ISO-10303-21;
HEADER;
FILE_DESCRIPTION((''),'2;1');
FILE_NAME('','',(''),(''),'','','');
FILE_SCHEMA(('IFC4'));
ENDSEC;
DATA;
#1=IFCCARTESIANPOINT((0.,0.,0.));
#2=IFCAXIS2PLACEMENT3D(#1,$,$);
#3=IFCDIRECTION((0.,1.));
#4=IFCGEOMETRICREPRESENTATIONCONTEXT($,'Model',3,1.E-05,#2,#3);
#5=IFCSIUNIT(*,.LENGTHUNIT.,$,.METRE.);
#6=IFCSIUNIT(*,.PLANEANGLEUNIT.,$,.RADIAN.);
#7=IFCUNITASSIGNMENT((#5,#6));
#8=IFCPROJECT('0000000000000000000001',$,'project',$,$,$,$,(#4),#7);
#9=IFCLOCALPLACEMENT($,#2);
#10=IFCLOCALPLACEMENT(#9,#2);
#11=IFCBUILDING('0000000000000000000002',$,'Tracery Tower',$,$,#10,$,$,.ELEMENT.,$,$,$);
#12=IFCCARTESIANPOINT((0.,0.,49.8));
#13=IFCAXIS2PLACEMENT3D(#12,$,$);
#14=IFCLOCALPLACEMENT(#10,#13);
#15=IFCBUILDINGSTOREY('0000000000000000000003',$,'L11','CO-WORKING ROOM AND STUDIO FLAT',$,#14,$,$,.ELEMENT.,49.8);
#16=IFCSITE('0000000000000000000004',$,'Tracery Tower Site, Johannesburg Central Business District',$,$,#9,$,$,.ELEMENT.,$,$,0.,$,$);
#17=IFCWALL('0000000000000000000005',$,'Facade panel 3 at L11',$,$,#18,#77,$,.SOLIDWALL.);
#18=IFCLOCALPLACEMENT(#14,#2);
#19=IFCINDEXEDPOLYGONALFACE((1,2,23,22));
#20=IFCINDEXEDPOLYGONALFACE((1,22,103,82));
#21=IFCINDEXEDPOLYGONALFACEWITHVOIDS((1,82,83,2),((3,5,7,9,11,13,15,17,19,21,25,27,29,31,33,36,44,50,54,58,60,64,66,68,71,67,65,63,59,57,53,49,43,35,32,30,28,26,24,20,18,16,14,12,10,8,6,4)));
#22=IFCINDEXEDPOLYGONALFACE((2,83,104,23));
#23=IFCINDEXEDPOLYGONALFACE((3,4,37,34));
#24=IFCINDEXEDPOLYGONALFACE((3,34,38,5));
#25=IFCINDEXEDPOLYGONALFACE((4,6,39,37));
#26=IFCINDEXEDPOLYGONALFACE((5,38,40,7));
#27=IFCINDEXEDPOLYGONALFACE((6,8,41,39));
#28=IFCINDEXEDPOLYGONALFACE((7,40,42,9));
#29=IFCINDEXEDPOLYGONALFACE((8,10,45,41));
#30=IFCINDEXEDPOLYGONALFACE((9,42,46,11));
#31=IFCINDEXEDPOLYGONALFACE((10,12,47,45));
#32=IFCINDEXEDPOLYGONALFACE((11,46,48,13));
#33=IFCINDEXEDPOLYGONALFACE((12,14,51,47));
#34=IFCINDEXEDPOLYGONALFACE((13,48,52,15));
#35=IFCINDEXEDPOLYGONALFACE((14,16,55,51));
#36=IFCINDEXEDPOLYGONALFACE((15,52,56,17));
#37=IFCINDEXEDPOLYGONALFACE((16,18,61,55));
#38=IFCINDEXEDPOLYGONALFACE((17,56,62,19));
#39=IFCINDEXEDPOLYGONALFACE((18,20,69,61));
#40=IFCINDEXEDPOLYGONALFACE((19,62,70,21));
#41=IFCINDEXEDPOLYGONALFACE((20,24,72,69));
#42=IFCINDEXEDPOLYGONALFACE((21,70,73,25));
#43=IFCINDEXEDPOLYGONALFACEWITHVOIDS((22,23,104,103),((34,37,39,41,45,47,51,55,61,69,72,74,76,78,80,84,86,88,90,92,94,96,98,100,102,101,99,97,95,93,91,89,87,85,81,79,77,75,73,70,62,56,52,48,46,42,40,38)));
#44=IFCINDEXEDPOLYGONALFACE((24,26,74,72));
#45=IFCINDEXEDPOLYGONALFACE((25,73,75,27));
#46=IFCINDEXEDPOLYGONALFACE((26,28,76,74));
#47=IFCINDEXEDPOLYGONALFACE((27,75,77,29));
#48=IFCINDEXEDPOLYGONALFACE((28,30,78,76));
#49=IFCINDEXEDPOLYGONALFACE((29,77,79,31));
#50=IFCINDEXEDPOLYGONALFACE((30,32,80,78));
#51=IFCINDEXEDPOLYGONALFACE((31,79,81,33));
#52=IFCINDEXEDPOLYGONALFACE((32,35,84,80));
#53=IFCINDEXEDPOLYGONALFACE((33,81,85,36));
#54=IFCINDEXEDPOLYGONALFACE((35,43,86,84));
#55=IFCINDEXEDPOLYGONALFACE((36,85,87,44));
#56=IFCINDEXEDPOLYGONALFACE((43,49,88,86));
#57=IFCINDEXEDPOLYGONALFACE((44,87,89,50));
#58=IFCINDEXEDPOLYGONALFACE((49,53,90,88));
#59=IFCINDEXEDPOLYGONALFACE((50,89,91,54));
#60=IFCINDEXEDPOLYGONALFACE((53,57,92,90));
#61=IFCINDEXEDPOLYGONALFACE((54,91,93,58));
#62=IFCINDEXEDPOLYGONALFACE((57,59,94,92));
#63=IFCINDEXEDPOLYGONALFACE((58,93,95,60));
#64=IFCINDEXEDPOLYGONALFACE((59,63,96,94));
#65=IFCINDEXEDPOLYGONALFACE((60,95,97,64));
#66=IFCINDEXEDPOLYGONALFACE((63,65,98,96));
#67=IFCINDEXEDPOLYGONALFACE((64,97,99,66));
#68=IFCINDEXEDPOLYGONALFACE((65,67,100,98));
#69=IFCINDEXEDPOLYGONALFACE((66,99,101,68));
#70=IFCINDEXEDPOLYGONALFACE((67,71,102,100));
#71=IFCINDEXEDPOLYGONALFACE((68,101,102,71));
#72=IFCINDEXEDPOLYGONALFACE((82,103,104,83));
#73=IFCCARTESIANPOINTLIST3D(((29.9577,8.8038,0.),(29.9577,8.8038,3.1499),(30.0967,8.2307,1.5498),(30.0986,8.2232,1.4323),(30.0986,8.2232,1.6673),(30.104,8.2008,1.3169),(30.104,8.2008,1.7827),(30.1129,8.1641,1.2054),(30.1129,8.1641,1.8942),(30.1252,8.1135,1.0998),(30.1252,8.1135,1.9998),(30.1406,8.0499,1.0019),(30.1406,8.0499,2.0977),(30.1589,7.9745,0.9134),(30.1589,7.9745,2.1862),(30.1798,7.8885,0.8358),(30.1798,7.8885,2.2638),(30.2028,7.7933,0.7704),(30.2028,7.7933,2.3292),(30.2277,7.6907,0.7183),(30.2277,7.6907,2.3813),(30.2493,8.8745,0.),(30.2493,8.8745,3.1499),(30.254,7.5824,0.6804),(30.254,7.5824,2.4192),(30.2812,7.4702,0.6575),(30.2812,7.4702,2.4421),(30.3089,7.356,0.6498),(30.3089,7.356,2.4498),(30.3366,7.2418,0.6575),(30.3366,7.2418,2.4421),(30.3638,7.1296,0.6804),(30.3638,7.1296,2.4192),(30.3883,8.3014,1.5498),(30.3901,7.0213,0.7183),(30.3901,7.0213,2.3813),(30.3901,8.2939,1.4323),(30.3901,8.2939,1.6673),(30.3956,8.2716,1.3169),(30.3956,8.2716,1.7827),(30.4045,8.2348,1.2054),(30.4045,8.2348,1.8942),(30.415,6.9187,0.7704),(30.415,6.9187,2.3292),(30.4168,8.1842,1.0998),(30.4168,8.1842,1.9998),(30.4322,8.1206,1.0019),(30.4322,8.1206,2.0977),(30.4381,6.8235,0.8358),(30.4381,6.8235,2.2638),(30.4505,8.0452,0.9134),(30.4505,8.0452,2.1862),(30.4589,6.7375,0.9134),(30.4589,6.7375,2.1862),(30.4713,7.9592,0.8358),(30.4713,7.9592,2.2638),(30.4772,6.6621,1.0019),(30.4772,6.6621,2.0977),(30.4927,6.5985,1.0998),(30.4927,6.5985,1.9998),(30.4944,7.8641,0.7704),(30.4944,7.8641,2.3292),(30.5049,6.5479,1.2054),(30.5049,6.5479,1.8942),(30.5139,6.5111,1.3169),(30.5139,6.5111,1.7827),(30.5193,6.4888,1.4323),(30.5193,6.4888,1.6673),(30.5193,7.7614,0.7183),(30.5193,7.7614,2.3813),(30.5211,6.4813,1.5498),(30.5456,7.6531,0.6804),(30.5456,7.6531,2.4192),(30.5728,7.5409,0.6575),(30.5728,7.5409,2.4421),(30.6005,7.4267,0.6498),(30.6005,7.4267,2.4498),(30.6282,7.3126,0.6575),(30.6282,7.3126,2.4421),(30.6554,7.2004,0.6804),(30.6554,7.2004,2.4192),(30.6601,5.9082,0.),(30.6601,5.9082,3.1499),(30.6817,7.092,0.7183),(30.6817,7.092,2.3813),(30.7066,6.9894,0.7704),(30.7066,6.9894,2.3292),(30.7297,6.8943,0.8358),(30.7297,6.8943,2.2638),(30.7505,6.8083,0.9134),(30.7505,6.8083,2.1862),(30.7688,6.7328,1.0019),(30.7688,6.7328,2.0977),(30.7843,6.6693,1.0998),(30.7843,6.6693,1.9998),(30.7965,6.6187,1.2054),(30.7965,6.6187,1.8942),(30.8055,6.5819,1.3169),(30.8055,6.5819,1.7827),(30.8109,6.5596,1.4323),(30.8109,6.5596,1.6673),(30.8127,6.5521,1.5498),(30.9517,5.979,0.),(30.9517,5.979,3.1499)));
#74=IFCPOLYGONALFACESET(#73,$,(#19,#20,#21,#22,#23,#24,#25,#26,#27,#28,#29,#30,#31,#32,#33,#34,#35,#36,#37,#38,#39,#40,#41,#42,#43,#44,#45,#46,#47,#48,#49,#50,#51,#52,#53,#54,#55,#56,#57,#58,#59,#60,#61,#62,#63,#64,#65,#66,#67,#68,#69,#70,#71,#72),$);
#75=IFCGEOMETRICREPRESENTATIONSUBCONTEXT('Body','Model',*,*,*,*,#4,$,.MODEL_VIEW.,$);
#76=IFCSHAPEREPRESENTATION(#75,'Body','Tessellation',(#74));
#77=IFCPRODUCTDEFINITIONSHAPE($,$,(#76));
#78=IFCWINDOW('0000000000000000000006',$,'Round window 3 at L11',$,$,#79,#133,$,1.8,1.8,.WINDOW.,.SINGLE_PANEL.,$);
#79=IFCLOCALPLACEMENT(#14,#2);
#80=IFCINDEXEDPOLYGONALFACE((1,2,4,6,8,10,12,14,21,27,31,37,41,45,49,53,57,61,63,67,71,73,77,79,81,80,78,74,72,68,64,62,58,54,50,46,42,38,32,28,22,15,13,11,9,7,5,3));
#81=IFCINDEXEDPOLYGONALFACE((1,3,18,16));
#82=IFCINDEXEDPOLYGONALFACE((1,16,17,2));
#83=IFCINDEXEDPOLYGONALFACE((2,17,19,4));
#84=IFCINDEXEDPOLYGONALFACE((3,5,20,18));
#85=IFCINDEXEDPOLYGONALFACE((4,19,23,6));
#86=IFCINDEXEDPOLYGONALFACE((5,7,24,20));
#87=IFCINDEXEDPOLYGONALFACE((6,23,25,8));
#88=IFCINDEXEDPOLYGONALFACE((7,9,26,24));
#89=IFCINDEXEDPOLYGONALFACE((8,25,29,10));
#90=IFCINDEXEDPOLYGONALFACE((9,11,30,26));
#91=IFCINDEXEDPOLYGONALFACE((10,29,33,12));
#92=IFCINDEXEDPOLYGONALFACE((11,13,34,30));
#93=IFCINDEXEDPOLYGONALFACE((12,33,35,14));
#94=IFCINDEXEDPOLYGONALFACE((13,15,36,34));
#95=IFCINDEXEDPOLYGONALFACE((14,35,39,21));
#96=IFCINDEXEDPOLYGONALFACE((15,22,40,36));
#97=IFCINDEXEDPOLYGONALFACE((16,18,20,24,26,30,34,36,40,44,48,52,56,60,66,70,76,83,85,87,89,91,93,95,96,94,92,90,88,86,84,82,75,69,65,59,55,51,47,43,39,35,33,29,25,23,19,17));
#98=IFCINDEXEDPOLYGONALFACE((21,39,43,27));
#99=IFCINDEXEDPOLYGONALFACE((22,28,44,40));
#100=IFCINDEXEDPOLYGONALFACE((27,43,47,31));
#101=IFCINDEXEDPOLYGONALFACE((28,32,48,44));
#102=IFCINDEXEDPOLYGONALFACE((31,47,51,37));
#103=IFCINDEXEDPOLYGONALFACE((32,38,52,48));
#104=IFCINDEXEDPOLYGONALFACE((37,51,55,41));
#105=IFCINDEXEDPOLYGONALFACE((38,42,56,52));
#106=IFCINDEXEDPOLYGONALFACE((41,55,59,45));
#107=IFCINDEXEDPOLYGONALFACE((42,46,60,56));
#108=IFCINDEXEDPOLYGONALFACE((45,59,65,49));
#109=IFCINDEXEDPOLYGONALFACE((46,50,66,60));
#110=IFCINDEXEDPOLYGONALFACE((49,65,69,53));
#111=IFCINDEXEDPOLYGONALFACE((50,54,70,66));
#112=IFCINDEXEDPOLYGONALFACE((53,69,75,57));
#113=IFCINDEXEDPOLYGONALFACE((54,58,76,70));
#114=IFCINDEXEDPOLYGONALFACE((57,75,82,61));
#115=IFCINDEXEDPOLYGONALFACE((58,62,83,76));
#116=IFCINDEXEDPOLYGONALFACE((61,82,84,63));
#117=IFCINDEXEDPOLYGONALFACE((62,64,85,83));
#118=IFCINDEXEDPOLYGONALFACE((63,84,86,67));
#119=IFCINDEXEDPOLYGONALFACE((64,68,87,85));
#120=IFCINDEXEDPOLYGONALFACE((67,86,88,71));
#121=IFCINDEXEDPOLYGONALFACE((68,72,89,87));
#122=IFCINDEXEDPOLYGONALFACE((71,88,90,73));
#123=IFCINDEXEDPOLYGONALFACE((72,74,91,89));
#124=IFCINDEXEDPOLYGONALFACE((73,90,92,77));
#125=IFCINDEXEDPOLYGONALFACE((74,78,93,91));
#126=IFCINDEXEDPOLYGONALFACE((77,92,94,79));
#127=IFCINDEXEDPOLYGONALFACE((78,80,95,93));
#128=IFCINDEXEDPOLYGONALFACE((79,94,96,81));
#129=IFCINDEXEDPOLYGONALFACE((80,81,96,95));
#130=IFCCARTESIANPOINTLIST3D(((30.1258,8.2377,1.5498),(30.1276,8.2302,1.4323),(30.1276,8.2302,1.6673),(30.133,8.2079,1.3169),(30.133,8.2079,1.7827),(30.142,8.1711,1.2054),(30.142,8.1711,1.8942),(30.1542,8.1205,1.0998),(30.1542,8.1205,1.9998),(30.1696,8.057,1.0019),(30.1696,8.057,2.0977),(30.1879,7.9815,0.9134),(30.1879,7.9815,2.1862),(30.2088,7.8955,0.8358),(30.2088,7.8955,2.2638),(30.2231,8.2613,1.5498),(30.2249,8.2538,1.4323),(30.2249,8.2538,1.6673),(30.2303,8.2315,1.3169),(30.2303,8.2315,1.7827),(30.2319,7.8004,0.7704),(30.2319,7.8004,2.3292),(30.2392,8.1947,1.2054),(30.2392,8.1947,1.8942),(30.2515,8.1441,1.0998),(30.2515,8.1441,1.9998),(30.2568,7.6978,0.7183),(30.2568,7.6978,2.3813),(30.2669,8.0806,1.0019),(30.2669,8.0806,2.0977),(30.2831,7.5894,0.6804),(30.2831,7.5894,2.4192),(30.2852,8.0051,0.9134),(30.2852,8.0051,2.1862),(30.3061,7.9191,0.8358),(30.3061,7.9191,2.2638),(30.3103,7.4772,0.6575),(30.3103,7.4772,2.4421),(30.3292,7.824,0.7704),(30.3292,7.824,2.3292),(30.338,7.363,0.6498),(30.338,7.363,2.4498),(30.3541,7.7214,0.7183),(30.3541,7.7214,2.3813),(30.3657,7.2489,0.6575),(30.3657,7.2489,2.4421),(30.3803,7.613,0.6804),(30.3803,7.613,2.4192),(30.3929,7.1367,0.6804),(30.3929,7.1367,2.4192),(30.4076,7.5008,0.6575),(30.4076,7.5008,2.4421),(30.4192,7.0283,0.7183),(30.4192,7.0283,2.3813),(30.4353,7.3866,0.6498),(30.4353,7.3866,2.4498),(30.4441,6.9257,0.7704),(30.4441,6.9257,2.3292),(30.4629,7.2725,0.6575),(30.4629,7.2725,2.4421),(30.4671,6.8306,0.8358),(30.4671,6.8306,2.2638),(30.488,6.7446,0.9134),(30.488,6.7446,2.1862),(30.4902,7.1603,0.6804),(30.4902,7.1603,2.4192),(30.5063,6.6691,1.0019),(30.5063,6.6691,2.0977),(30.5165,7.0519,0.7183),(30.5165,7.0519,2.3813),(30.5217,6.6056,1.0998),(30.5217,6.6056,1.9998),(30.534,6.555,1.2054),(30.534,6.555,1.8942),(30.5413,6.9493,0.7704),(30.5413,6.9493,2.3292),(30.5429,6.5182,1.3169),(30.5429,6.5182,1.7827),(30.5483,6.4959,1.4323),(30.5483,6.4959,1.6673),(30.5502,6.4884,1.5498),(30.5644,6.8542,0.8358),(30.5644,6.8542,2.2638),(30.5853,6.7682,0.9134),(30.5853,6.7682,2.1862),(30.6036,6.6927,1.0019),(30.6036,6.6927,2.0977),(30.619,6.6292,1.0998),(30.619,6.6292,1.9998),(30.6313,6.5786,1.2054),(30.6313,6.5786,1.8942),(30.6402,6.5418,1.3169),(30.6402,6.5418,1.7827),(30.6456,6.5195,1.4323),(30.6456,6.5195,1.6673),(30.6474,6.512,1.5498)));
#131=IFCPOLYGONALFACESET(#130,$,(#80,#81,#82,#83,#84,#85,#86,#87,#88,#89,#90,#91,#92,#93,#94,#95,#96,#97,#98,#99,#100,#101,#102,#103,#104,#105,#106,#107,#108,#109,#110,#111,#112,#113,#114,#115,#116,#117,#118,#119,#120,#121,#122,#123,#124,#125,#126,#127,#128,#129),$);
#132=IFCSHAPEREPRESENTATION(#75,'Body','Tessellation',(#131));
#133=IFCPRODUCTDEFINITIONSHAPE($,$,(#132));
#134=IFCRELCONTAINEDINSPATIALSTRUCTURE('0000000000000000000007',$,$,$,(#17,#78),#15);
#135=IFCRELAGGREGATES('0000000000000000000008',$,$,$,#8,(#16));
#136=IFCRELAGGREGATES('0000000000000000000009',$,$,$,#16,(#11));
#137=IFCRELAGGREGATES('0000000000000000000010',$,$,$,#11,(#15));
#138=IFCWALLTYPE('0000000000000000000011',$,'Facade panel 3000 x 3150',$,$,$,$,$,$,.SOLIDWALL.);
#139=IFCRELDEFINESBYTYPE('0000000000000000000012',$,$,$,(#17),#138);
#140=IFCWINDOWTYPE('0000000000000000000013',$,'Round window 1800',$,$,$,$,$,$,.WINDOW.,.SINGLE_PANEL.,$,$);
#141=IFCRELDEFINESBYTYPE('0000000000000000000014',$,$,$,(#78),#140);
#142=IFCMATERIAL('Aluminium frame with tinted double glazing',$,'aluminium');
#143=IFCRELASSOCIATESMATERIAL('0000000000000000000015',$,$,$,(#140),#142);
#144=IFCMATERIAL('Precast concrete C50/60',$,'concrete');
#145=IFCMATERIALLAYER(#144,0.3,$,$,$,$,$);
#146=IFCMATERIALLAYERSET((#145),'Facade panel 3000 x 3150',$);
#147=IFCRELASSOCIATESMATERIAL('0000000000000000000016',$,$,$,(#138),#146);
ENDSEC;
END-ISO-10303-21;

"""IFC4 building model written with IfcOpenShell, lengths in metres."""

from ifc_helpers import new_model, si_unit, direction, frame, frame_2d, origin, origin_2d, place, context, subcontext, project, spatial, rectangle, circle, extrude, material, layer, layer_set, type_object, element, fill, save


model = new_model("IFC4")

# Units and contexts
model_context = context("Model", 3, precision=1e-05, world=origin(), true_north=direction((0.0, 1.0)))
body_context = subcontext(model_context, "Body", "Model", "MODEL_VIEW")
ifc_project = project(units=[si_unit("LENGTHUNIT", "METRE"), si_unit("PLANEANGLEUNIT", "RADIAN")], contexts=[model_context])

# Site, building, storey
site_placement = place(None, origin())
site = spatial("IfcSite", under=ifc_project, at=site_placement, Name="Tracery Tower Site, Johannesburg Central Business District", CompositionType="ELEMENT", RefElevation=0.0)
building_placement = place(site_placement, origin())
building = spatial("IfcBuilding", under=site, at=building_placement, Name="Tracery Tower", CompositionType="ELEMENT")
storey_placement = place(building_placement, frame((0.0, 0.0, 49.8)))
storey = spatial("IfcBuildingStorey", under=building, at=storey_placement, Name="L11", Description="CO-WORKING ROOM AND STUDIO FLAT", CompositionType="ELEMENT", Elevation=49.8)

# Wall, opening, window
ifc_material_1 = material(Name="Aluminium frame with tinted double glazing", Category="aluminium")
window_type = type_object("IfcWindowType", Name="Round window 1800", PartitioningType="SINGLE_PANEL", PredefinedType="WINDOW", material=ifc_material_1)
ifc_material_2 = material(Name="Precast concrete C50/60", Category="concrete")
ifc_layer_1 = layer(ifc_material_2, 0.3)
ifc_layer_set_1 = layer_set([ifc_layer_1], Name="Facade panel 3000 x 3150")
wall_type_1 = type_object("IfcWallType", Name="Facade panel 3000 x 3150", PredefinedType="SOLIDWALL", material=ifc_layer_set_1)
wall_1_placement = place(storey_placement, frame((30.8059, 5.9436, 0.0), z_axis=(0.0, 0.0, 1.0), x_axis=(-0.235743, 0.971815, 0.0)))
wall_1 = element("IfcWall", 1, at=wall_1_placement, inside=storey, type_object=wall_type_1, Name="Facade panel 3 at L11", PredefinedType="SOLIDWALL", context=body_context, shape_type="SweptSolid", body=[
    extrude(rectangle(XDim=2.9795, YDim=0.3, at=frame_2d((1.4897, 0.0))), origin(), (0.0, 0.0, 1.0), 3.1499),
])
opening_1_placement = place(wall_1_placement, frame((1.4897, 0.0, 1.5498)))
opening_1 = element("IfcOpeningElement", 2, at=opening_1_placement, cuts=wall_1, PredefinedType="OPENING", context=body_context, shape_type="SweptSolid", body=[
    extrude(circle(Radius=0.9, at=origin_2d()), frame((0.0, 0.1599, 0.0), z_axis=(0.0, -1.0, 0.0), x_axis=(1.0, 0.0, 0.0)), (0.0, 0.0, 1.0), 0.3201),
])
window_1_placement = place(opening_1_placement, origin())
window_1 = element("IfcWindow", 3, at=window_1_placement, inside=storey, type_object=window_type, Name="Round window 3 at L11", OverallHeight=1.8, OverallWidth=1.8, PartitioningType="SINGLE_PANEL", PredefinedType="WINDOW", context=body_context, shape_type="SweptSolid", body=[
    extrude(circle(Radius=0.9, at=origin_2d()), frame((0.0, 0.1201, 0.0), z_axis=(0.0, -1.0, 0.0), x_axis=(1.0, 0.0, 0.0)), (0.0, 0.0, 1.0), 0.1001),
])
fill(opening_1, window_1)

save(model, "model.ifc")
